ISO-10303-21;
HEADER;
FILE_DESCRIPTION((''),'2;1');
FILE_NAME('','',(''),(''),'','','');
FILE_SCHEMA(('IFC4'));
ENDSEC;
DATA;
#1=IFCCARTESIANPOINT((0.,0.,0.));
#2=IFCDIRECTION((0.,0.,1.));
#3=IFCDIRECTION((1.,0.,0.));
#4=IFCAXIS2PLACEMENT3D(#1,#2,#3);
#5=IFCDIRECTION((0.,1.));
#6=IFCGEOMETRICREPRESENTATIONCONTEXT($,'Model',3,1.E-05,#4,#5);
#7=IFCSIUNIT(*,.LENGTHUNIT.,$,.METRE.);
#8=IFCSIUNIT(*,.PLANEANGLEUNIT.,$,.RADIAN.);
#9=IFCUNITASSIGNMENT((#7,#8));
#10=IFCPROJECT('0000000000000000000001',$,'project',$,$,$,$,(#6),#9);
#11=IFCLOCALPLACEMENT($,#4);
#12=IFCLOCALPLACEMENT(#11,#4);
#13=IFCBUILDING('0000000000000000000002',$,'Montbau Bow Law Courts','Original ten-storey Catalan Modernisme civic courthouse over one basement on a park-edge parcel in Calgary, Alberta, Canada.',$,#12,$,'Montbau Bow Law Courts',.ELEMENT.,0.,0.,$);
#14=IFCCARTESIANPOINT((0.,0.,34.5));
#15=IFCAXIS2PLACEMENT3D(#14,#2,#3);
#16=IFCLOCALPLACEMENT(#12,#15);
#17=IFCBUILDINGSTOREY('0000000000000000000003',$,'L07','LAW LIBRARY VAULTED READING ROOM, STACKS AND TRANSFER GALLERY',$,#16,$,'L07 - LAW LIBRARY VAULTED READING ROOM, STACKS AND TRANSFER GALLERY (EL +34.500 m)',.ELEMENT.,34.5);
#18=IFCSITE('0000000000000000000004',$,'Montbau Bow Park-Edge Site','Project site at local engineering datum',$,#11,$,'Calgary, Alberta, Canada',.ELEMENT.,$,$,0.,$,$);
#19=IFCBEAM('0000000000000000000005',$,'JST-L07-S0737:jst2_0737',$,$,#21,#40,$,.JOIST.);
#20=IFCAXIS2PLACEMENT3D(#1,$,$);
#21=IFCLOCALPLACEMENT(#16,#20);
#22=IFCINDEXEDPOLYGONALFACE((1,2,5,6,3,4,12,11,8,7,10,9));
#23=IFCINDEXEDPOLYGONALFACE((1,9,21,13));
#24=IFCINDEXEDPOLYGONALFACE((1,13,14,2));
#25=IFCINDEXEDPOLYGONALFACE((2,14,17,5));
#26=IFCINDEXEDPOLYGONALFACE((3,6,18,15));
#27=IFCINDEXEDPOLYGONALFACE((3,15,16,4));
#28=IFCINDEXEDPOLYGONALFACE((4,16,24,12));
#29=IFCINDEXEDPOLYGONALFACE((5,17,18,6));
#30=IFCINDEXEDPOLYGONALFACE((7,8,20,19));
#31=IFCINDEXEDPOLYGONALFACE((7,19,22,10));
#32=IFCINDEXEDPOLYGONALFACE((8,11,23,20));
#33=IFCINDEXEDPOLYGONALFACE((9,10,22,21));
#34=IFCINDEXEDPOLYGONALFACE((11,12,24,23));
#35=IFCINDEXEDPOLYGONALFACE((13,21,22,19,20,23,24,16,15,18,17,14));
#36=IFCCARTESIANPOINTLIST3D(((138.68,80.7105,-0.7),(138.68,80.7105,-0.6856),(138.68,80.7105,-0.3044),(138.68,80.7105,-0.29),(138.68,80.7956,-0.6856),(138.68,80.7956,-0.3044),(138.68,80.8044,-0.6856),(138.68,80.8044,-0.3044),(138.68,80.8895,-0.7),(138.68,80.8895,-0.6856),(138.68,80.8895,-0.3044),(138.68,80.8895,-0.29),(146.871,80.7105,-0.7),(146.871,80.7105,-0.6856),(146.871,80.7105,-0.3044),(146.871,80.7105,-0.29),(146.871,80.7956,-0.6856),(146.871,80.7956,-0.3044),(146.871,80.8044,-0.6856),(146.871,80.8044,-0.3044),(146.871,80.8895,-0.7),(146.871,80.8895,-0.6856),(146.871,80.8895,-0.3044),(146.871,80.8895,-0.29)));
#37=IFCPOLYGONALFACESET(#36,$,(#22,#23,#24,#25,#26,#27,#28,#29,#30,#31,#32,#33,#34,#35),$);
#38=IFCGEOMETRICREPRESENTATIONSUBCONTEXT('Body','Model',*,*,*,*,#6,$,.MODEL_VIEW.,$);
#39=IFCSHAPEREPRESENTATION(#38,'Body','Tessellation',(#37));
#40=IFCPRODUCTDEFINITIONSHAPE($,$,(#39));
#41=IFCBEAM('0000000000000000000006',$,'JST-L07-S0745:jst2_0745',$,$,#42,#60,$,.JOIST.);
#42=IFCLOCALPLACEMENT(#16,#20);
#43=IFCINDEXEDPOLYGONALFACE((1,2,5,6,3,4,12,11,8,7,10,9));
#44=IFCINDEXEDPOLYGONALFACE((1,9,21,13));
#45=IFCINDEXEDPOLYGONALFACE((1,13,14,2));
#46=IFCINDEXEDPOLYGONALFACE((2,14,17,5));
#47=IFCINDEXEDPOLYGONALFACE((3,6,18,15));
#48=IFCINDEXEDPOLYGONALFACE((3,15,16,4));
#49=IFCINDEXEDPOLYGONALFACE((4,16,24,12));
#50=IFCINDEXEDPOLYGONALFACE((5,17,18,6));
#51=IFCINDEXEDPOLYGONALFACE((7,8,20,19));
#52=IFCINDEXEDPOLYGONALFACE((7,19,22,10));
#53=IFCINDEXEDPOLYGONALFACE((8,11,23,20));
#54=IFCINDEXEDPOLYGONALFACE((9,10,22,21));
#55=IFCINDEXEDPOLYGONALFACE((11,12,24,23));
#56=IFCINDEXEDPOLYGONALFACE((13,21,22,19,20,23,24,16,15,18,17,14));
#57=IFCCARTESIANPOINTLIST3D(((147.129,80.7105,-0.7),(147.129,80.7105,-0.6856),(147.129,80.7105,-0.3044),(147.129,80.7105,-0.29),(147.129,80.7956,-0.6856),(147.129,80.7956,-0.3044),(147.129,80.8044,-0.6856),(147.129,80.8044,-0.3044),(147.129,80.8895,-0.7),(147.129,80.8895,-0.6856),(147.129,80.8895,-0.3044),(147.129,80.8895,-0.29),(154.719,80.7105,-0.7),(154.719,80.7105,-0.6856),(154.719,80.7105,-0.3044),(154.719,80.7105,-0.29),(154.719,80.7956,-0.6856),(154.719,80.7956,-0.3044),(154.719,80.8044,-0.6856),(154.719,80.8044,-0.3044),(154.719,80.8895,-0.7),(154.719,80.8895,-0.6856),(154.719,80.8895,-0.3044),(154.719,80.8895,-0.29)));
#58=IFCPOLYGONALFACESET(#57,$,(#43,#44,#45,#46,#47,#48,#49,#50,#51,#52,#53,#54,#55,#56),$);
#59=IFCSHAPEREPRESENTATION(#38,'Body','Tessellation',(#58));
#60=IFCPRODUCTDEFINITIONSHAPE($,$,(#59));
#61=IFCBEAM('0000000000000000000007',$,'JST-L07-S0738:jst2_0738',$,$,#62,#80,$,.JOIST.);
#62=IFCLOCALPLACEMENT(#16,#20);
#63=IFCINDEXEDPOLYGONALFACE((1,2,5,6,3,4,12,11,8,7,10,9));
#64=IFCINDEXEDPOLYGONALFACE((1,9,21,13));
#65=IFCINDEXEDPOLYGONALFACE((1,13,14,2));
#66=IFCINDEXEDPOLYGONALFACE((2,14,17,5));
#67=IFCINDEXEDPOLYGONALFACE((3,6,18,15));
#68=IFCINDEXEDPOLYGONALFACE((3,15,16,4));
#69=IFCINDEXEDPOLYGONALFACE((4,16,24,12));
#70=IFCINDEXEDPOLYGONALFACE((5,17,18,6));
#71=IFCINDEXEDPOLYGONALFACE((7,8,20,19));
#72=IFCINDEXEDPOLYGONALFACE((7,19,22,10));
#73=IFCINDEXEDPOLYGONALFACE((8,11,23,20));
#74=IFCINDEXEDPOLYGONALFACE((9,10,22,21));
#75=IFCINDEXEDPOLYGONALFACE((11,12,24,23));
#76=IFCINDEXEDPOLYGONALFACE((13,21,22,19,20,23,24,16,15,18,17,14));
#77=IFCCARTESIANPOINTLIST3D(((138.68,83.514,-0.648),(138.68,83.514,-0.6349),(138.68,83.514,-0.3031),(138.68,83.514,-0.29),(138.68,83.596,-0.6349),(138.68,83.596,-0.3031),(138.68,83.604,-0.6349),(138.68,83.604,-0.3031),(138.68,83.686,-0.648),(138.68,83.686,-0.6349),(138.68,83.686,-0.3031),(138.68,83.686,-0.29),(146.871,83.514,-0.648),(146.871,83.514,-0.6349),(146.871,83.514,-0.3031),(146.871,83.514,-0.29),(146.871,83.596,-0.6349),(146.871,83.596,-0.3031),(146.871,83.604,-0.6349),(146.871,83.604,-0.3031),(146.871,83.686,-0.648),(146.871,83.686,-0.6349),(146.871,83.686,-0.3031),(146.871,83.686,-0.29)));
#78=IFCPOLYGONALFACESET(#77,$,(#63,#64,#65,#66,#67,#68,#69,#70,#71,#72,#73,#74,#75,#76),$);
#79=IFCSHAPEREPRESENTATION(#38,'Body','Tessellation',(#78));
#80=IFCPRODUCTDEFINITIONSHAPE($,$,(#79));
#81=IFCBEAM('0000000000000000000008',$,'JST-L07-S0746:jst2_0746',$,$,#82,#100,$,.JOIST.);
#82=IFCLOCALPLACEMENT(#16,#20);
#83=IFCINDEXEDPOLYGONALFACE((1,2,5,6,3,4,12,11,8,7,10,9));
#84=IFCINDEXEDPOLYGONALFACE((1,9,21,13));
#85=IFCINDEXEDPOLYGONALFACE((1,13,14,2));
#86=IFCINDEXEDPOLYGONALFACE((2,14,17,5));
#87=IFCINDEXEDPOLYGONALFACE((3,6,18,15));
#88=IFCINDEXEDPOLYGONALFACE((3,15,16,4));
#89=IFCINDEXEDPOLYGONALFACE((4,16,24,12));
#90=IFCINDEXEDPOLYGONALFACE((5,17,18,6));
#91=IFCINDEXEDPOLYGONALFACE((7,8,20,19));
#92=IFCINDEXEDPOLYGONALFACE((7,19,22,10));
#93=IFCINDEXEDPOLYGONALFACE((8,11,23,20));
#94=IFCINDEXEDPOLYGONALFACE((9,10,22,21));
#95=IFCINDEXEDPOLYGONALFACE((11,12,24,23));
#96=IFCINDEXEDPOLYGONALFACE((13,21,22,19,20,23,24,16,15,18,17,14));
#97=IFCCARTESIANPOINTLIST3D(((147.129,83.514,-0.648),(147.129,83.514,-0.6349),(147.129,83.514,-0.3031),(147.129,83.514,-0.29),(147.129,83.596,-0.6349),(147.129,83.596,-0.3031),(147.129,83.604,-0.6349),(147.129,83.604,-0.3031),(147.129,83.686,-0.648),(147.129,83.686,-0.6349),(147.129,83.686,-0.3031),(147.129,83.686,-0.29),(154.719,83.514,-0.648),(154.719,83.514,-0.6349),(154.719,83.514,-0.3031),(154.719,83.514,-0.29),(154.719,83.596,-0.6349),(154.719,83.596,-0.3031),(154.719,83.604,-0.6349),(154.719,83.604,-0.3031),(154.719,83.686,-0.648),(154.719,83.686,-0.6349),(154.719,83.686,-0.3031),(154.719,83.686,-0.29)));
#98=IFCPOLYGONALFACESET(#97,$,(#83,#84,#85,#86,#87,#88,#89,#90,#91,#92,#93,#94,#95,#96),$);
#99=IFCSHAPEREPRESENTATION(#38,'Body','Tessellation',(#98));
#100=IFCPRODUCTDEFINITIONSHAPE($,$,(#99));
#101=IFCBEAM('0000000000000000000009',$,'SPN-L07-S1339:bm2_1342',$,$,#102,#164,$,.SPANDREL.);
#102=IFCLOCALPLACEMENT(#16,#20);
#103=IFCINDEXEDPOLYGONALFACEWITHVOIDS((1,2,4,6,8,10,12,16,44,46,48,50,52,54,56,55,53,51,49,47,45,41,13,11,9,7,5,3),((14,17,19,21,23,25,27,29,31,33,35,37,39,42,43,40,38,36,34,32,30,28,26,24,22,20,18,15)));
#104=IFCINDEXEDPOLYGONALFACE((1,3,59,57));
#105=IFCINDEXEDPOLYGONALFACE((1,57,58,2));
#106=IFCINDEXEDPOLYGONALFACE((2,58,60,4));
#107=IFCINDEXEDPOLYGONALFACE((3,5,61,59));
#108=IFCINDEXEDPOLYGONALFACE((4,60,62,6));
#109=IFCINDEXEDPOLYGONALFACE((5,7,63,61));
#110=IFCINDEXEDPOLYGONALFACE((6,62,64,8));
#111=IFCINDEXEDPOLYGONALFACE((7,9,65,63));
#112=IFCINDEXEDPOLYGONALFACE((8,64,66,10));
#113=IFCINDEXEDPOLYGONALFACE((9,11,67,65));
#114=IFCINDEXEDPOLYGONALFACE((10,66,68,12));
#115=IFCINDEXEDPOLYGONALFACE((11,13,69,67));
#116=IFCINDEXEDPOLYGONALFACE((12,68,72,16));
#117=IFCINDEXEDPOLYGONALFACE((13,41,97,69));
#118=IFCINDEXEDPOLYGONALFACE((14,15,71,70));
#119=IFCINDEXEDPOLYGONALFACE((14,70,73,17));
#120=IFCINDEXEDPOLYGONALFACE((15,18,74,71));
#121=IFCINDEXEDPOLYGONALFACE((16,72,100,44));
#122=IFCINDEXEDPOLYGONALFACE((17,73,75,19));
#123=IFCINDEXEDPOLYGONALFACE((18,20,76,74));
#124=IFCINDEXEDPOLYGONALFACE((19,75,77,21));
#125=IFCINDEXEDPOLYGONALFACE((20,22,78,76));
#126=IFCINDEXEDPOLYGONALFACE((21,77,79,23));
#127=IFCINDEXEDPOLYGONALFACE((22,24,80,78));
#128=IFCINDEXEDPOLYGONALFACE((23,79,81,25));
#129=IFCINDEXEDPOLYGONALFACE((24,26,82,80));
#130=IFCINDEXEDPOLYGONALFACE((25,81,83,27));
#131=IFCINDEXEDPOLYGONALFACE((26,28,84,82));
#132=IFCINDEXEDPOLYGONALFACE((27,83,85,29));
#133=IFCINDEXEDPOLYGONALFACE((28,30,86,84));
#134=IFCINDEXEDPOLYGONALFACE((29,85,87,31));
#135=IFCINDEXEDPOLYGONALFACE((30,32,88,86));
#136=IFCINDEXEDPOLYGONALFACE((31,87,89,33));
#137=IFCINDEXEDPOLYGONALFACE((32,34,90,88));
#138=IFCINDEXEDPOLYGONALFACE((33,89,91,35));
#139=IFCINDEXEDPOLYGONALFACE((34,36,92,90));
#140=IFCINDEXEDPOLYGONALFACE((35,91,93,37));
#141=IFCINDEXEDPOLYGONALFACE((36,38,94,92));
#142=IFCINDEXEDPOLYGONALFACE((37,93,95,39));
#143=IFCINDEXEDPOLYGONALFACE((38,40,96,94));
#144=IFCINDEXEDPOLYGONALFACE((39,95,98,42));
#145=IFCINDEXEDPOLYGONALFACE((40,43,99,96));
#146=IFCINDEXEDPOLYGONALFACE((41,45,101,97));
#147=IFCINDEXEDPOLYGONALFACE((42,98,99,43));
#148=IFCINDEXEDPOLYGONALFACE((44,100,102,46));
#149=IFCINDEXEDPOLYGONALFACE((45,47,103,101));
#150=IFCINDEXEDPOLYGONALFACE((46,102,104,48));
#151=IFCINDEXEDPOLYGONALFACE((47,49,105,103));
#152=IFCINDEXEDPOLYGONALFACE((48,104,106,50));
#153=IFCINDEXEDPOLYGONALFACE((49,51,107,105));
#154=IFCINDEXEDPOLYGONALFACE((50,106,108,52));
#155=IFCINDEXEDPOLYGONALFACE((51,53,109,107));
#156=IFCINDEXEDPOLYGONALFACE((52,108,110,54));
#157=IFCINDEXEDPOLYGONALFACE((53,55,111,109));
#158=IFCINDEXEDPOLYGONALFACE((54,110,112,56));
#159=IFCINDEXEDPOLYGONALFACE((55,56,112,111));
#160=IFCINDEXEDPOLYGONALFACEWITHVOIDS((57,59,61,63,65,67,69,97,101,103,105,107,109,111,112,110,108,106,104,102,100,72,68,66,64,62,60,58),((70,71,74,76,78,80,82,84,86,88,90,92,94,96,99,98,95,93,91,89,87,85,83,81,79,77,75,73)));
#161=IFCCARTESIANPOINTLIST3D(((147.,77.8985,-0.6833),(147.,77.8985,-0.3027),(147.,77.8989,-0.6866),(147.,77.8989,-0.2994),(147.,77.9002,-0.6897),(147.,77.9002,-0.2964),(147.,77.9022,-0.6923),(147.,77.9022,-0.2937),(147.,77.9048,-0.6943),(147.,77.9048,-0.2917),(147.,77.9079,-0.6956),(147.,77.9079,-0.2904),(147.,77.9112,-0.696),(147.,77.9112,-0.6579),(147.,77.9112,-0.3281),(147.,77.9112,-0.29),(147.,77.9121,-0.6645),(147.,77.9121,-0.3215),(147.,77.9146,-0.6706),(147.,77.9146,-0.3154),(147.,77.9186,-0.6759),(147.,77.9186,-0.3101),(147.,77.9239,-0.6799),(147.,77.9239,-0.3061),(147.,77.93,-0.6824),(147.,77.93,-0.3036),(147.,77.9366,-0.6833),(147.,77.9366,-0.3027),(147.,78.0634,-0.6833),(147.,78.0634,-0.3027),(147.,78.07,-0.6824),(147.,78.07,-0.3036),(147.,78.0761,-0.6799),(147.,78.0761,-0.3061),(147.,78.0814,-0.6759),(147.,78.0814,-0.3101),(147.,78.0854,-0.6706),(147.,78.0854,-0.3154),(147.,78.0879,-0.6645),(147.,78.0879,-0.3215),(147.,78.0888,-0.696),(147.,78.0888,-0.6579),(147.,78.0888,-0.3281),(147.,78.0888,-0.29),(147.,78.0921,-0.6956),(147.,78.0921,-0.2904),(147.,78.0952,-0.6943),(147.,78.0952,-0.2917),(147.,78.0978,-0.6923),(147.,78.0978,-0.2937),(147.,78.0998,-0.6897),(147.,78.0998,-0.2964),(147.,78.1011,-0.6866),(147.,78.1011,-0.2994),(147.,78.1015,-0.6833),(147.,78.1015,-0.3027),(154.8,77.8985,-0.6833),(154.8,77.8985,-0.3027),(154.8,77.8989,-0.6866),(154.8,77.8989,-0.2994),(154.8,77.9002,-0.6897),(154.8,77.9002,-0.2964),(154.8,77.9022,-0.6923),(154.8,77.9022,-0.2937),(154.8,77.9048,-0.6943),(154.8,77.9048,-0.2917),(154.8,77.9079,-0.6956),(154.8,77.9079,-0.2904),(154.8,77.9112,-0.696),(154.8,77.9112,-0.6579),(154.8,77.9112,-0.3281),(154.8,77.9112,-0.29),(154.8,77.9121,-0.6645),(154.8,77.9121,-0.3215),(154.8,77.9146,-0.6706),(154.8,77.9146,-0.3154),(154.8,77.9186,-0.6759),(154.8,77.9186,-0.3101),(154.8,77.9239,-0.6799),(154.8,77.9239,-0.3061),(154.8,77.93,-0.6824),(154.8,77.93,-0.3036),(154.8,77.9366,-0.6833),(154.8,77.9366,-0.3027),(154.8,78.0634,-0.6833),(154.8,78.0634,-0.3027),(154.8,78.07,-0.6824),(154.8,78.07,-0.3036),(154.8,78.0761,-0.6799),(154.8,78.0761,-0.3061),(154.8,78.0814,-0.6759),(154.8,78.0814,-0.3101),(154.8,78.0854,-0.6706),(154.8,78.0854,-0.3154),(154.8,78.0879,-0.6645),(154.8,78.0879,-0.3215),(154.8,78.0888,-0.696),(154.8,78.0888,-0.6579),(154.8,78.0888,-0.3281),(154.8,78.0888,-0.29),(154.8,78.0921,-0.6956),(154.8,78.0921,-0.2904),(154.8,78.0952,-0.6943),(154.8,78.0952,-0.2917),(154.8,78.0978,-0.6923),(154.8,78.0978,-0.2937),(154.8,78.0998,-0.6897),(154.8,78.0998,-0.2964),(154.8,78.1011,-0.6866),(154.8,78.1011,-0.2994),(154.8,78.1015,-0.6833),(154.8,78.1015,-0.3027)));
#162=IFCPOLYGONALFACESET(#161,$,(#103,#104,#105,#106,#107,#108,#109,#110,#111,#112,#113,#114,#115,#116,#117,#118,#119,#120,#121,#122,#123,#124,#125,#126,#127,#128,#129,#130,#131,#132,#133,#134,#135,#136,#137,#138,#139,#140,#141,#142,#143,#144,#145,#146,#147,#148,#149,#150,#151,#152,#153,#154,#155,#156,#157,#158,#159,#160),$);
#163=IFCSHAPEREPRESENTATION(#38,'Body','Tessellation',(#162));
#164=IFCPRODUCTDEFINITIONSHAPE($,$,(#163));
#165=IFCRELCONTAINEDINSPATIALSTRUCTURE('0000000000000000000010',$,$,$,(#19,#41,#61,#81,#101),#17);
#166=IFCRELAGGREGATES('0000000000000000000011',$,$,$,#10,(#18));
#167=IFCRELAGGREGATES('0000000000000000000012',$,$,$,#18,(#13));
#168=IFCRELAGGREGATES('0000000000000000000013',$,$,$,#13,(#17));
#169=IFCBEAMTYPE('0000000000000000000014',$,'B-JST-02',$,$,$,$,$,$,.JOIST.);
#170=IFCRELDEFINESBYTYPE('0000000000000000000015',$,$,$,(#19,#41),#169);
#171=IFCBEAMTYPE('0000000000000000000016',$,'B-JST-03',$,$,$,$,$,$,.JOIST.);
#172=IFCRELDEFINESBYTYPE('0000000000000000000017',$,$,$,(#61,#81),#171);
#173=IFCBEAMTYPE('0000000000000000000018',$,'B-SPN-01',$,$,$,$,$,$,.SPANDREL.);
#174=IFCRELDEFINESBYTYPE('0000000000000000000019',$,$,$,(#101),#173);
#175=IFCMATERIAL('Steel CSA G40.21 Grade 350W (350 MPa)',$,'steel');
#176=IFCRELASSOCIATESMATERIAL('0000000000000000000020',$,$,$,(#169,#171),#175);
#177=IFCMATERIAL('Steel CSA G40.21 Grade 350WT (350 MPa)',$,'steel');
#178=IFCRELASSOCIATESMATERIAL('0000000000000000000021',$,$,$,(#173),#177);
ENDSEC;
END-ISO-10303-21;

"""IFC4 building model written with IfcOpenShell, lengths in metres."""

from ifc_helpers import new_model, si_unit, direction, frame, origin_with_axes, origin_2d_with_axis, place, context, subcontext, project, spatial, hollow_rectangle, i_section, extrude, material, material_profile, profile_set, type_object, element, save


model = new_model("IFC4")

# Units and contexts
model_context = context("Model", 3, precision=1e-05, world=origin_with_axes(), true_north=direction((0.0, 1.0)))
body_context = subcontext(model_context, "Body", "Model", "MODEL_VIEW")
ifc_project = project(units=[si_unit("LENGTHUNIT", "METRE"), si_unit("PLANEANGLEUNIT", "RADIAN")], contexts=[model_context])

# Site, building, storey
site_placement = place(None, origin_with_axes())
site = spatial("IfcSite", under=ifc_project, at=site_placement, Name="Montbau Bow Park-Edge Site", Description="Project site at local engineering datum", LongName="Calgary, Alberta, Canada", CompositionType="ELEMENT", RefElevation=0.0)
building_placement = place(site_placement, origin_with_axes())
building = spatial("IfcBuilding", under=site, at=building_placement, Name="Montbau Bow Law Courts", Description="Original ten-storey Catalan Modernisme civic courthouse over one basement on a park-edge parcel in Calgary, Alberta, Canada.", LongName="Montbau Bow Law Courts", CompositionType="ELEMENT", ElevationOfRefHeight=0.0, ElevationOfTerrain=0.0)
storey_placement = place(building_placement, frame((0.0, 0.0, 34.5), z_axis=(0.0, 0.0, 1.0), x_axis=(1.0, 0.0, 0.0)))
storey = spatial("IfcBuildingStorey", under=building, at=storey_placement, Name="L07", Description="LAW LIBRARY VAULTED READING ROOM, STACKS AND TRANSFER GALLERY", LongName="L07 - LAW LIBRARY VAULTED READING ROOM, STACKS AND TRANSFER GALLERY (EL +34.500 m)", CompositionType="ELEMENT", Elevation=34.5)

# Shared definitions
ifc_material_1 = material(Name="Steel CSA G40.21 Grade 350WT (350 MPa)", Category="steel")

# Beams
ifc_material_2 = material(Name="Steel CSA G40.21 Grade 350W (350 MPa)", Category="steel")
ifc_material_profile_1 = material_profile(ifc_material_2, i_section(OverallWidth=0.179, OverallDepth=0.41, WebThickness=0.0088, FlangeThickness=0.0144, at=origin_2d_with_axis()), Name="W410X67", Category="Main", Priority=0)
ifc_profile_set_1 = profile_set([ifc_material_profile_1], Name="Steel CSA G40.21 Grade 350W (350 MPa)")
beam_type_1 = type_object("IfcBeamType", Name="B-JST-02", PredefinedType="JOIST", material=ifc_profile_set_1)
beam_1_placement = place(None, frame((138.68, 80.8, 34.005), z_axis=(1.0, 0.0, 0.0), x_axis=(0.0, 1.0, 0.0)))
element("IfcBeam", 1, at=beam_1_placement, inside=storey, type_object=beam_type_1, Name="JST-L07-S0737:jst2_0737", PredefinedType="JOIST", context=body_context, shape_type="SweptSolid", body=[
    extrude(i_section(OverallWidth=0.179, OverallDepth=0.41, WebThickness=0.0088, FlangeThickness=0.0144, at=origin_2d_with_axis()), origin_with_axes(), (0.0, 0.0, 1.0), 8.191),
])
beam_2_placement = place(None, frame((147.129, 80.8, 34.005), z_axis=(1.0, 0.0, 0.0), x_axis=(0.0, 1.0, 0.0)))
element("IfcBeam", 2, at=beam_2_placement, inside=storey, type_object=beam_type_1, Name="JST-L07-S0745:jst2_0745", PredefinedType="JOIST", context=body_context, shape_type="SweptSolid", body=[
    extrude(i_section(OverallWidth=0.179, OverallDepth=0.41, WebThickness=0.0088, FlangeThickness=0.0144, at=origin_2d_with_axis()), origin_with_axes(), (0.0, 0.0, 1.0), 7.59),
])
ifc_material_profile_2 = material_profile(ifc_material_2, i_section(OverallWidth=0.172, OverallDepth=0.358, WebThickness=0.0079, FlangeThickness=0.0131, at=origin_2d_with_axis()), Name="W360X57", Category="Main", Priority=0)
ifc_profile_set_2 = profile_set([ifc_material_profile_2], Name="Steel CSA G40.21 Grade 350W (350 MPa)")
beam_type_2 = type_object("IfcBeamType", Name="B-JST-03", PredefinedType="JOIST", material=ifc_profile_set_2)
beam_3_placement = place(None, frame((138.68, 83.6, 34.031), z_axis=(1.0, 0.0, 0.0), x_axis=(0.0, 1.0, 0.0)))
element("IfcBeam", 3, at=beam_3_placement, inside=storey, type_object=beam_type_2, Name="JST-L07-S0738:jst2_0738", PredefinedType="JOIST", context=body_context, shape_type="SweptSolid", body=[
    extrude(i_section(OverallWidth=0.172, OverallDepth=0.358, WebThickness=0.0079, FlangeThickness=0.0131, at=origin_2d_with_axis()), origin_with_axes(), (0.0, 0.0, 1.0), 8.191),
])
beam_4_placement = place(None, frame((147.129, 83.6, 34.031), z_axis=(1.0, 0.0, 0.0), x_axis=(0.0, 1.0, 0.0)))
element("IfcBeam", 4, at=beam_4_placement, inside=storey, type_object=beam_type_2, Name="JST-L07-S0746:jst2_0746", PredefinedType="JOIST", context=body_context, shape_type="SweptSolid", body=[
    extrude(i_section(OverallWidth=0.172, OverallDepth=0.358, WebThickness=0.0079, FlangeThickness=0.0131, at=origin_2d_with_axis()), origin_with_axes(), (0.0, 0.0, 1.0), 7.59),
])
ifc_material_profile_3 = material_profile(ifc_material_1, hollow_rectangle(XDim=0.203, YDim=0.406, WallThickness=0.0127, InnerFilletRadius=0.0254, OuterFilletRadius=0.0127, at=origin_2d_with_axis()), Name="HSS406X203X13", Category="Main", Priority=0)
ifc_profile_set_3 = profile_set([ifc_material_profile_3], Name="Steel CSA G40.21 Grade 350WT (350 MPa)")
beam_type_3 = type_object("IfcBeamType", Name="B-SPN-01", PredefinedType="SPANDREL", material=ifc_profile_set_3)
beam_5_placement = place(None, frame((147.0, 78.0, 34.007), z_axis=(1.0, 0.0, 0.0), x_axis=(0.0, 1.0, 0.0)))
element("IfcBeam", 5, at=beam_5_placement, inside=storey, type_object=beam_type_3, Name="SPN-L07-S1339:bm2_1342", PredefinedType="SPANDREL", context=body_context, shape_type="SweptSolid", body=[
    extrude(hollow_rectangle(XDim=0.203, YDim=0.406, WallThickness=0.0127, InnerFilletRadius=0.0254, OuterFilletRadius=0.0127, at=origin_2d_with_axis()), origin_with_axes(), (0.0, 0.0, 1.0), 7.8),
])

save(model, "model.ifc")
